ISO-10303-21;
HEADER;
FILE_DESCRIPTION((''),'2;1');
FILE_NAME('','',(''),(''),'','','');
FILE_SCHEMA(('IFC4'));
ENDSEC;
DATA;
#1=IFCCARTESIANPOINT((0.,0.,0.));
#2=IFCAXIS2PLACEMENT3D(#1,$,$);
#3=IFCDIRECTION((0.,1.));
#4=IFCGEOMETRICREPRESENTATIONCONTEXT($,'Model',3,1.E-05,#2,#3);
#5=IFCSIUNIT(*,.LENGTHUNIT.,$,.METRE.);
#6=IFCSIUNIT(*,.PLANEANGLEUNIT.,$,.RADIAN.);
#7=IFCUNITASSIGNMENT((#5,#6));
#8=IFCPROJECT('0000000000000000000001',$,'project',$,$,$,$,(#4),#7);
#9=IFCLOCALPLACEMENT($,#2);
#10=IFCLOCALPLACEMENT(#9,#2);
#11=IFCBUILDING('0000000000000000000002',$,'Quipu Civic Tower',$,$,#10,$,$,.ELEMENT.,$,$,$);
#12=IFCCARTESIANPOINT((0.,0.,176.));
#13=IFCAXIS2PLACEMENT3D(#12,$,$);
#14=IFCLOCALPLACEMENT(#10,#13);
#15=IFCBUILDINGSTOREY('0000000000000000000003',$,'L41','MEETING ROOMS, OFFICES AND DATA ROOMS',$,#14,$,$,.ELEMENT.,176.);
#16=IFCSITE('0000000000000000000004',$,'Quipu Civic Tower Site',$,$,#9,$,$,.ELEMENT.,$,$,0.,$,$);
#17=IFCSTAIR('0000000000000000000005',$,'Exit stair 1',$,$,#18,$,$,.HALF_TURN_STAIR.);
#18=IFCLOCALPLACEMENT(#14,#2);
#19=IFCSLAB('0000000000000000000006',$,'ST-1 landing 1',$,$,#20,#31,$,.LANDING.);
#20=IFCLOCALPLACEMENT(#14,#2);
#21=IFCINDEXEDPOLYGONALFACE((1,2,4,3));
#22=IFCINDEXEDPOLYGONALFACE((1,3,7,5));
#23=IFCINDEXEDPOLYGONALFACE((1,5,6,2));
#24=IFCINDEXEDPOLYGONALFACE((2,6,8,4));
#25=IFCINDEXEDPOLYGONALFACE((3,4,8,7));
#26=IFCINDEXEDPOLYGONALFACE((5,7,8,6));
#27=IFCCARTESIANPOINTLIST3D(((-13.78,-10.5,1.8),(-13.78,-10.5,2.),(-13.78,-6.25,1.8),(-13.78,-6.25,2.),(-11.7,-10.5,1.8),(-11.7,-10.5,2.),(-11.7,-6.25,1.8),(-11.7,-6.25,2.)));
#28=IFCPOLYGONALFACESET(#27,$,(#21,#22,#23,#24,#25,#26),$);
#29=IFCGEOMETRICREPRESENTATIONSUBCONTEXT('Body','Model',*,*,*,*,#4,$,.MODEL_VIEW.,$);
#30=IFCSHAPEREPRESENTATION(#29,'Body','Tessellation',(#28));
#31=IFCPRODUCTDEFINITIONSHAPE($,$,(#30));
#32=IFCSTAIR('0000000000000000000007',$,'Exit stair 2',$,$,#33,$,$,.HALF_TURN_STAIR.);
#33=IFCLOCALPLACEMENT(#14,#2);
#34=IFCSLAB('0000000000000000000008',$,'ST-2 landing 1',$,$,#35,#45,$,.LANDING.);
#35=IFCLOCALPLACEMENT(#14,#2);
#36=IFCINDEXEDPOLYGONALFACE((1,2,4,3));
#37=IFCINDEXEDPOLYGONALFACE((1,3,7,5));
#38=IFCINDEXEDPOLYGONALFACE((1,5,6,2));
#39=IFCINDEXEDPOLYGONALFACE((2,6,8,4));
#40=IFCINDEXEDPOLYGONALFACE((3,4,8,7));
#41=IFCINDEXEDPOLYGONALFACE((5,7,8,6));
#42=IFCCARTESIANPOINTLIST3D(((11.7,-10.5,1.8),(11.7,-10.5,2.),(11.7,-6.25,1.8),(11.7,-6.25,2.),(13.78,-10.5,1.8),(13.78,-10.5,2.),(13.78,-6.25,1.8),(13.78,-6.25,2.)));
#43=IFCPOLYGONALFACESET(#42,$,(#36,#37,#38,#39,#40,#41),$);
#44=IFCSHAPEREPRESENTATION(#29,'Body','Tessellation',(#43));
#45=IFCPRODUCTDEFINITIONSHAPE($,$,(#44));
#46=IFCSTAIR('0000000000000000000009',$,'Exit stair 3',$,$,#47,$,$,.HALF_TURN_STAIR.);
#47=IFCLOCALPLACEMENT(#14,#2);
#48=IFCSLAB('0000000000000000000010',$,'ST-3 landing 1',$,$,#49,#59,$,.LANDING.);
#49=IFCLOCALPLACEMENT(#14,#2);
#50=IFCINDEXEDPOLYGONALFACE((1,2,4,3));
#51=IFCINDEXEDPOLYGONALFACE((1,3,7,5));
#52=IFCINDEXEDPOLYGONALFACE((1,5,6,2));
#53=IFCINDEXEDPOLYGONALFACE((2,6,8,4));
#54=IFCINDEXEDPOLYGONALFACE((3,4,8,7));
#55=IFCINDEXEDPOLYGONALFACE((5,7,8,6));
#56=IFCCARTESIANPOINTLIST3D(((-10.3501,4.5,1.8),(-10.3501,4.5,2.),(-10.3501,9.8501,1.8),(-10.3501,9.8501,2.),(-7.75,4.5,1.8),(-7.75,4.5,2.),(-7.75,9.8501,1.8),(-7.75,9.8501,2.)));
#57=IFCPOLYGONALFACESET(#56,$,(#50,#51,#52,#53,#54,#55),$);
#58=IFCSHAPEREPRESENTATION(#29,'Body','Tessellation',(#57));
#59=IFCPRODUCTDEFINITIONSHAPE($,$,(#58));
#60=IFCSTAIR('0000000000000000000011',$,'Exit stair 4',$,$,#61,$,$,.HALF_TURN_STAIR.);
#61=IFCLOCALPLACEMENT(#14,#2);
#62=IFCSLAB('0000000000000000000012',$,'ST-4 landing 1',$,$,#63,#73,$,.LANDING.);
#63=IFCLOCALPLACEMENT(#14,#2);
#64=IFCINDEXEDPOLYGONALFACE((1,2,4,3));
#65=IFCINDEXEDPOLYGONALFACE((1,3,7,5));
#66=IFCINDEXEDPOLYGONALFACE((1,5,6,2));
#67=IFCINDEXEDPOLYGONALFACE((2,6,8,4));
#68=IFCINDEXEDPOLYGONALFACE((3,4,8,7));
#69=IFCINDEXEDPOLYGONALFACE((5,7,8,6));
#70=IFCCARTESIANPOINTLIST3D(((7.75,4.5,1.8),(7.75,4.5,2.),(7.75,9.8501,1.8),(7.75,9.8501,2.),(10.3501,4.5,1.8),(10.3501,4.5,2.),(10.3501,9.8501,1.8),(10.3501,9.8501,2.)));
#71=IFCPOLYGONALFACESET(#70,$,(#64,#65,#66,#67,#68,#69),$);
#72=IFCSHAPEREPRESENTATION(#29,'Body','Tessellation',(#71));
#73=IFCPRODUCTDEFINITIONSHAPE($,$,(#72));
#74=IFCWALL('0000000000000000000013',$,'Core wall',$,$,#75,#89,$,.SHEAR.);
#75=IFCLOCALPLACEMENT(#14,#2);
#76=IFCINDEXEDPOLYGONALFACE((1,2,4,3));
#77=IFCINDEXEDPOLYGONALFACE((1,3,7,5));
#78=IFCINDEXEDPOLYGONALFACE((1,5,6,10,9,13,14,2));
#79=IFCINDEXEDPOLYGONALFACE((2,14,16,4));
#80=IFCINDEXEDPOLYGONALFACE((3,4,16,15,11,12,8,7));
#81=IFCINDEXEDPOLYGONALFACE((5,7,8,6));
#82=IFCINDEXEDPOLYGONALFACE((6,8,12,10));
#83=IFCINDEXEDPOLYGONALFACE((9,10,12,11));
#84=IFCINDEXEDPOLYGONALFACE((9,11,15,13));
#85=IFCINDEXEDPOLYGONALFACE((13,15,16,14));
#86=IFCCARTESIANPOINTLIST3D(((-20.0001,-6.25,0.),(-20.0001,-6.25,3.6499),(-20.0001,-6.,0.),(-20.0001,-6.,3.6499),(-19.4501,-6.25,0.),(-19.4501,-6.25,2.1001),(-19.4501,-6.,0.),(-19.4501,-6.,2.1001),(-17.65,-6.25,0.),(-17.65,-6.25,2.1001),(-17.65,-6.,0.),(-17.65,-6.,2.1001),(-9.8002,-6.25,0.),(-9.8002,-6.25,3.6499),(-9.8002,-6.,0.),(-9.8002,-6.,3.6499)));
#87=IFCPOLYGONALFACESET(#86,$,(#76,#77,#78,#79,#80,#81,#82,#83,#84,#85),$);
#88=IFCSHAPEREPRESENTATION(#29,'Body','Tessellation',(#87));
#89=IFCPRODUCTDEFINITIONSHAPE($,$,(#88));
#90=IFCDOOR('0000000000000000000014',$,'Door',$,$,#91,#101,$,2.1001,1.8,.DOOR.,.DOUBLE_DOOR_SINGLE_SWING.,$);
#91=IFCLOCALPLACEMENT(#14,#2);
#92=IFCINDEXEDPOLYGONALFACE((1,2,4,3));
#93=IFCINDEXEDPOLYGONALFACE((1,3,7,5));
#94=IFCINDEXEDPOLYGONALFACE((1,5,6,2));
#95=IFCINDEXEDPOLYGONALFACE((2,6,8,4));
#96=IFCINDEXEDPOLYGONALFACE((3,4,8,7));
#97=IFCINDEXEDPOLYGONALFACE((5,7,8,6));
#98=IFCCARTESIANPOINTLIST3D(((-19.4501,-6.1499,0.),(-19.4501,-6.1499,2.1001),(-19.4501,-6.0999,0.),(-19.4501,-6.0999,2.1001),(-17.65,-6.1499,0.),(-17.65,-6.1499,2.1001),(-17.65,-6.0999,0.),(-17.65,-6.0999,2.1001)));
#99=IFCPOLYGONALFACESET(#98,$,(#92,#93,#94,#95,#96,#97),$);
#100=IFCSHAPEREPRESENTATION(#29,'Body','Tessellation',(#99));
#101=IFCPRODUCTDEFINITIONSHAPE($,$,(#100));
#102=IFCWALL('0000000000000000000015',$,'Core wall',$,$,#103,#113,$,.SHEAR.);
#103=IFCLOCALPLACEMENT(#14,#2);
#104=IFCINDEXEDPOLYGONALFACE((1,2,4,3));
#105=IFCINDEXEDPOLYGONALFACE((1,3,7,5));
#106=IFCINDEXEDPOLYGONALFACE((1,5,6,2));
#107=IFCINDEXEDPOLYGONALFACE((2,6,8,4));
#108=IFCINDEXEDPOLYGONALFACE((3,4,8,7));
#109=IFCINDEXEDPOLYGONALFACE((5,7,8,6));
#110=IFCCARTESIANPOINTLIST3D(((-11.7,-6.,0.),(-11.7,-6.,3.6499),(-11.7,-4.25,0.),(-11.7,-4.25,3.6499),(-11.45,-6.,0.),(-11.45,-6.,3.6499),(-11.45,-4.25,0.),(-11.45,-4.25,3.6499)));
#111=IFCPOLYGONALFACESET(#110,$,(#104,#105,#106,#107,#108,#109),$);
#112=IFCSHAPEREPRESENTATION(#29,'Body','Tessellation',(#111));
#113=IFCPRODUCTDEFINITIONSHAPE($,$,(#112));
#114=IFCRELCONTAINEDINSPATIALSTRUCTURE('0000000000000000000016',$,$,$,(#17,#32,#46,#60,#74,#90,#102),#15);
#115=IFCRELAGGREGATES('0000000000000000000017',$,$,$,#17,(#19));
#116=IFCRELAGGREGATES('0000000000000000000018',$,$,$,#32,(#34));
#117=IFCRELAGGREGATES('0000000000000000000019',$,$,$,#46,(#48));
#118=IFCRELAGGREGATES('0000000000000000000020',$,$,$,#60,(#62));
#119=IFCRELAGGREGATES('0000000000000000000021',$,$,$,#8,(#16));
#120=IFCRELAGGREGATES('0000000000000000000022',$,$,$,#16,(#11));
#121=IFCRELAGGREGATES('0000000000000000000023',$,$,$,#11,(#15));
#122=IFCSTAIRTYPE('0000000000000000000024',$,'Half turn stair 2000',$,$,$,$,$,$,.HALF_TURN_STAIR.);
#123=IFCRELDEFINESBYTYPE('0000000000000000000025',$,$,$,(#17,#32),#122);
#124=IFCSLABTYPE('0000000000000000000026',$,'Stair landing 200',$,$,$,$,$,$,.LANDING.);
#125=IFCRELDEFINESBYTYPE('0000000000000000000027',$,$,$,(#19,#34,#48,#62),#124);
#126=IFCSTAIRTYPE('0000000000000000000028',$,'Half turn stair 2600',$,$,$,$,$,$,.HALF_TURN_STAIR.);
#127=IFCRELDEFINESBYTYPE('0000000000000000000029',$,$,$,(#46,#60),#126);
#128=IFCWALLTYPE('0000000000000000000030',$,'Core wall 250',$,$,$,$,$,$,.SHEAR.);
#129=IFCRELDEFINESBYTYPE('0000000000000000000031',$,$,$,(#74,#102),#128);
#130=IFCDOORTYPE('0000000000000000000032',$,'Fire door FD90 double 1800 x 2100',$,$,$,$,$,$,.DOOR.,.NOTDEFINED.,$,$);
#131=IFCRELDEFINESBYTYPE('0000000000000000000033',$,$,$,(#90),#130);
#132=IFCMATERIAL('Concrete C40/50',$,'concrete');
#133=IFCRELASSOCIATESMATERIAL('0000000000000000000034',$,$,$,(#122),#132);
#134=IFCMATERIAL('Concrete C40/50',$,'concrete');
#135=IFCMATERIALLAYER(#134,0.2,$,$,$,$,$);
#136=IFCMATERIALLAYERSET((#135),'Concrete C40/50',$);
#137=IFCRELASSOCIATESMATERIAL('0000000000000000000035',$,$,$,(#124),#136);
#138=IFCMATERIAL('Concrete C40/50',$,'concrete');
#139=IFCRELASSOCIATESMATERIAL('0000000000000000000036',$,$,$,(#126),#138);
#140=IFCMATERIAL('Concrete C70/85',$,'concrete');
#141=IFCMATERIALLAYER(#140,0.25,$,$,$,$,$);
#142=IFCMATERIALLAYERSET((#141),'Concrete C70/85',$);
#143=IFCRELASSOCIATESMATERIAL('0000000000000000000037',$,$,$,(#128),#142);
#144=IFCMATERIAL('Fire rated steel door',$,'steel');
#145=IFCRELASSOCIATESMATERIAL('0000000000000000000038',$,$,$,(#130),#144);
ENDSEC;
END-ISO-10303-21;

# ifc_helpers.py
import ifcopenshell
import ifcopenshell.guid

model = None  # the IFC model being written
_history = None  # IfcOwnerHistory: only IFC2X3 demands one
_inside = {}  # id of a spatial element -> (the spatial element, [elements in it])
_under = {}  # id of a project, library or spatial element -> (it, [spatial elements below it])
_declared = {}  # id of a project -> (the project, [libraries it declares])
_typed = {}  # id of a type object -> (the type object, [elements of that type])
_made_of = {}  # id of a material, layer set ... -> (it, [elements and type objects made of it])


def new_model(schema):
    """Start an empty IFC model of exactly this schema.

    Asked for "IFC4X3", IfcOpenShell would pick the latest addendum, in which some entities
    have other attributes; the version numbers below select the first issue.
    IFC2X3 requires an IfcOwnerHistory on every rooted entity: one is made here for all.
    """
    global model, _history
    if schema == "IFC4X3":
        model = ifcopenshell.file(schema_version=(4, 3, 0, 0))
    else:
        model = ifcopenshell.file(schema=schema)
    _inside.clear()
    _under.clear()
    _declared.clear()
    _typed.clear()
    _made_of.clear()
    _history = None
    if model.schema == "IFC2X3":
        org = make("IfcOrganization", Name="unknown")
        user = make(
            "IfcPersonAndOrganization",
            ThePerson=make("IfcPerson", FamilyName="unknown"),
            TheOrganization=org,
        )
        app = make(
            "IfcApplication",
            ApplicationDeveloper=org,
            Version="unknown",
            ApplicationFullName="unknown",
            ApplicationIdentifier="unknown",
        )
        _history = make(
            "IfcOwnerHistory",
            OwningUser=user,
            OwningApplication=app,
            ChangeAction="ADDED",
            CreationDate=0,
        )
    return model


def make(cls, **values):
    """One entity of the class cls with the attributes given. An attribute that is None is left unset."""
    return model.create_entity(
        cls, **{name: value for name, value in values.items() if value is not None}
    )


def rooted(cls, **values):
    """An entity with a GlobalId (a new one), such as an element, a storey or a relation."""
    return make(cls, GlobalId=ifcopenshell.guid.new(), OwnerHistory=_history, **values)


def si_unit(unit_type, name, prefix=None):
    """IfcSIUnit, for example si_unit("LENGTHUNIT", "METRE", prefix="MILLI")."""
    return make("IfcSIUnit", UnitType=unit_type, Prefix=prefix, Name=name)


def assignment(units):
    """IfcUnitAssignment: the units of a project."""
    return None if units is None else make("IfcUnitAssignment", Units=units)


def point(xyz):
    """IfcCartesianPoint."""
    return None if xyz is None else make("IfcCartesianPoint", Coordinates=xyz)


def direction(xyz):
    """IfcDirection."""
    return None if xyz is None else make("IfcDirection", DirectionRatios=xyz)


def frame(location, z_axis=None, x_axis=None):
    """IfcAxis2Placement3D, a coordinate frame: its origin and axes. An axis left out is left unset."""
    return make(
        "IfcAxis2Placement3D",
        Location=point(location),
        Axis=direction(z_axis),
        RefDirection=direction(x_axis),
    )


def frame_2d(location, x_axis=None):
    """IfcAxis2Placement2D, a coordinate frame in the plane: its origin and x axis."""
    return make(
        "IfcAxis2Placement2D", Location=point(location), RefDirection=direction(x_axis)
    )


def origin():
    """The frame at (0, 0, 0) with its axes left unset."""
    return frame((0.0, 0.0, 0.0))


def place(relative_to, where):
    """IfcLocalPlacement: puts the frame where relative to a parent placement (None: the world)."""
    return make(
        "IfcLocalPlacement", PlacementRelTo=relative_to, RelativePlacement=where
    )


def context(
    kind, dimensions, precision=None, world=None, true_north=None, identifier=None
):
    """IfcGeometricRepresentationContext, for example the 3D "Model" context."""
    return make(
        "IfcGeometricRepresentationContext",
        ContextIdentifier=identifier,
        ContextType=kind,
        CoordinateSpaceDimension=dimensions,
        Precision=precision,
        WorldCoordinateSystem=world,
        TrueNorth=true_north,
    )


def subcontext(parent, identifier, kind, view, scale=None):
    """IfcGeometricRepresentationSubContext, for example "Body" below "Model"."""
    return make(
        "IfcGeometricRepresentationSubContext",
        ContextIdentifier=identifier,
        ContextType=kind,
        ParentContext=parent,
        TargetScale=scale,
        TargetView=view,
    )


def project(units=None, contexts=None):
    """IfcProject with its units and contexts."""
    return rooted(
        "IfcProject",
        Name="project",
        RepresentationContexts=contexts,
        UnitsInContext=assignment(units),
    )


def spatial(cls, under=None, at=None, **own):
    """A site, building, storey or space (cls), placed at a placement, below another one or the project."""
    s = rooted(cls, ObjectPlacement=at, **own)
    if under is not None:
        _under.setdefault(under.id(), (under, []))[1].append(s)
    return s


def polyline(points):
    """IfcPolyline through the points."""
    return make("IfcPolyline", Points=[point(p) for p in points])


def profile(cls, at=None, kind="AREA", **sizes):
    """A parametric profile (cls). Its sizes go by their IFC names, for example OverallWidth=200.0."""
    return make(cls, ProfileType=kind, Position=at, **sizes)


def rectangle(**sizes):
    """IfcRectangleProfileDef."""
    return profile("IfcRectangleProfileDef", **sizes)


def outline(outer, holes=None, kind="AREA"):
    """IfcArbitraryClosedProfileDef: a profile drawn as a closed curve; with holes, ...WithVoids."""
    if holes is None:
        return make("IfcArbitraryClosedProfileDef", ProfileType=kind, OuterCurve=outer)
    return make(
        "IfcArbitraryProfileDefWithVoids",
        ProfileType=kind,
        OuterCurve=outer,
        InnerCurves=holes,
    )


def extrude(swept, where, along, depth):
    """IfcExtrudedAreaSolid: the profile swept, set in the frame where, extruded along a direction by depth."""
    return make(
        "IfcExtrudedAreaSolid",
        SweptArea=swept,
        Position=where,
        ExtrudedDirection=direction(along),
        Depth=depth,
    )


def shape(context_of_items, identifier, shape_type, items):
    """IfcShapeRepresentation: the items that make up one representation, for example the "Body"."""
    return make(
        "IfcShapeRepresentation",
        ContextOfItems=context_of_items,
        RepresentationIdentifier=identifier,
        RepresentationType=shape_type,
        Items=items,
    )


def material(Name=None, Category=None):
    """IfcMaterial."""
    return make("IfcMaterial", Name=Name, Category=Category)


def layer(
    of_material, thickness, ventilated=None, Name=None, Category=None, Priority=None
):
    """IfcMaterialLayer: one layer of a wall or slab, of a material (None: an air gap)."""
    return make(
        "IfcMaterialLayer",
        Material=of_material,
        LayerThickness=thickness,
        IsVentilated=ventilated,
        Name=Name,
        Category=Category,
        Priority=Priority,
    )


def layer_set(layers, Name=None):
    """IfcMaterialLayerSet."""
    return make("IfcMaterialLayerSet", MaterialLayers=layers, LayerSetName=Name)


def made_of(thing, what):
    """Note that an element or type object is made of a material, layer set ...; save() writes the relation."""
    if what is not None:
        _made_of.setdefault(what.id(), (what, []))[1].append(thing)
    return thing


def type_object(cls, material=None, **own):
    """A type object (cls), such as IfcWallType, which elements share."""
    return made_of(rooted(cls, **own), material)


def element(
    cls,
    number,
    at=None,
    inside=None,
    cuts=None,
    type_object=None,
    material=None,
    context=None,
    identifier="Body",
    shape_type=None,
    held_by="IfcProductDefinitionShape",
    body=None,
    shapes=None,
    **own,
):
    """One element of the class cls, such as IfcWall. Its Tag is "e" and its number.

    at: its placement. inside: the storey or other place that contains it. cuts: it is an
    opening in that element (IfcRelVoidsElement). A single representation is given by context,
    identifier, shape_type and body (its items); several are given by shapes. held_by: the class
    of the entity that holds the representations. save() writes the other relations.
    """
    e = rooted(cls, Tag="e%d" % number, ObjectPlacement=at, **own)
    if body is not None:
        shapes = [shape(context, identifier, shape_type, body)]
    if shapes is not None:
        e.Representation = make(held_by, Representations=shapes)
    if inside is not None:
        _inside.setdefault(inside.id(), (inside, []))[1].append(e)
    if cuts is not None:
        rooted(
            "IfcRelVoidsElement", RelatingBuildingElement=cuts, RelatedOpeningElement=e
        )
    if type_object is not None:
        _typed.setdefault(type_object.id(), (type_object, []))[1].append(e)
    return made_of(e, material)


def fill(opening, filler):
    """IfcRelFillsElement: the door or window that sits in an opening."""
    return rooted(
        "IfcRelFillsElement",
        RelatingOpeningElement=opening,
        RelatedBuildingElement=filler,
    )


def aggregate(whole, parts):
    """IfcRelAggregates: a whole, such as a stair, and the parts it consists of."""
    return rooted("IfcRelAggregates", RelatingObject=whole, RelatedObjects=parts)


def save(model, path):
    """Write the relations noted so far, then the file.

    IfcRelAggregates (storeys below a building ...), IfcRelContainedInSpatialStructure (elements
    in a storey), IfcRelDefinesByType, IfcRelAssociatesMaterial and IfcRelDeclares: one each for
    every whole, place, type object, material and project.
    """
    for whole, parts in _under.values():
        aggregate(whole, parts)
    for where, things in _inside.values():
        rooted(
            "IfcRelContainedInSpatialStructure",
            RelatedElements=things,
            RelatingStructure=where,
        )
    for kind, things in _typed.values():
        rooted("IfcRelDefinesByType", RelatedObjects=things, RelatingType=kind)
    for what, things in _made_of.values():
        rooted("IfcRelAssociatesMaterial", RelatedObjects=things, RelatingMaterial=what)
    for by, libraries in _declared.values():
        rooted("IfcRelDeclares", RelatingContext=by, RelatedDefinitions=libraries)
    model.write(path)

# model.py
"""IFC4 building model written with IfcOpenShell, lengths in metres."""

from ifc_helpers import new_model, si_unit, direction, frame, frame_2d, origin, place, context, subcontext, project, spatial, polyline, rectangle, outline, extrude, material, layer, layer_set, type_object, element, fill, aggregate, save


model = new_model("IFC4")

# Units and contexts
model_context = context("Model", 3, precision=1e-05, world=origin(), true_north=direction((0.0, 1.0)))
body_context = subcontext(model_context, "Body", "Model", "MODEL_VIEW")
ifc_project = project(units=[si_unit("LENGTHUNIT", "METRE"), si_unit("PLANEANGLEUNIT", "RADIAN")], contexts=[model_context])

# Site, building, storey
site_placement = place(None, origin())
site = spatial("IfcSite", under=ifc_project, at=site_placement, Name="Quipu Civic Tower Site", CompositionType="ELEMENT", RefElevation=0.0)
building_placement = place(site_placement, origin())
building = spatial("IfcBuilding", under=site, at=building_placement, Name="Quipu Civic Tower", CompositionType="ELEMENT")
storey_placement = place(building_placement, frame((0.0, 0.0, 176.0)))
storey = spatial("IfcBuildingStorey", under=building, at=storey_placement, Name="L41", Description="MEETING ROOMS, OFFICES AND DATA ROOMS", CompositionType="ELEMENT", Elevation=176.0)

# Stairs, slabs
ifc_material_1 = material(Name="Concrete C40/50", Category="concrete")
stair_type_1 = type_object("IfcStairType", Name="Half turn stair 2000", PredefinedType="HALF_TURN_STAIR", material=ifc_material_1)
stair_1_placement = place(storey_placement, origin())
stair_1 = element("IfcStair", 1, at=stair_1_placement, inside=storey, type_object=stair_type_1, Name="Exit stair 1", PredefinedType="HALF_TURN_STAIR")
ifc_material_2 = material(Name="Concrete C40/50", Category="concrete")
ifc_layer_1 = layer(ifc_material_2, 0.2)
ifc_layer_set_1 = layer_set([ifc_layer_1], Name="Concrete C40/50")
slab_type_1 = type_object("IfcSlabType", Name="Stair landing 200", PredefinedType="LANDING", material=ifc_layer_set_1)
slab_1_placement = place(storey_placement, frame((0.0, 0.0, 1.8)))
slab_1 = element("IfcSlab", 2, at=slab_1_placement, type_object=slab_type_1, Name="ST-1 landing 1", PredefinedType="LANDING", context=body_context, shape_type="SweptSolid", body=[
    extrude(outline(polyline([(-13.78, -10.5), (-11.7, -10.5), (-11.7, -6.25), (-13.78, -6.25), (-13.78, -10.5)])), origin(), (0.0, 0.0, 1.0), 0.2),
])
aggregate(stair_1, [slab_1])
stair_2_placement = place(storey_placement, origin())
stair_2 = element("IfcStair", 3, at=stair_2_placement, inside=storey, type_object=stair_type_1, Name="Exit stair 2", PredefinedType="HALF_TURN_STAIR")
slab_2_placement = place(storey_placement, frame((0.0, 0.0, 1.8)))
slab_2 = element("IfcSlab", 4, at=slab_2_placement, type_object=slab_type_1, Name="ST-2 landing 1", PredefinedType="LANDING", context=body_context, shape_type="SweptSolid", body=[
    extrude(outline(polyline([(13.78, -6.25), (11.7, -6.25), (11.7, -10.5), (13.78, -10.5), (13.78, -6.25)])), origin(), (0.0, 0.0, 1.0), 0.2),
])
aggregate(stair_2, [slab_2])
ifc_material_3 = material(Name="Concrete C40/50", Category="concrete")
stair_type_2 = type_object("IfcStairType", Name="Half turn stair 2600", PredefinedType="HALF_TURN_STAIR", material=ifc_material_3)
stair_3_placement = place(storey_placement, origin())
stair_3 = element("IfcStair", 5, at=stair_3_placement, inside=storey, type_object=stair_type_2, Name="Exit stair 3", PredefinedType="HALF_TURN_STAIR")
slab_3_placement = place(storey_placement, frame((0.0, 0.0, 1.8)))
slab_3 = element("IfcSlab", 6, at=slab_3_placement, type_object=slab_type_1, Name="ST-3 landing 1", PredefinedType="LANDING", context=body_context, shape_type="SweptSolid", body=[
    extrude(outline(polyline([(-10.3501, 4.5), (-7.75, 4.5), (-7.75, 9.8501), (-10.3501, 9.8501), (-10.3501, 4.5)])), origin(), (0.0, 0.0, 1.0), 0.2),
])
aggregate(stair_3, [slab_3])
stair_4_placement = place(storey_placement, origin())
stair_4 = element("IfcStair", 7, at=stair_4_placement, inside=storey, type_object=stair_type_2, Name="Exit stair 4", PredefinedType="HALF_TURN_STAIR")
slab_4_placement = place(storey_placement, frame((0.0, 0.0, 1.8)))
slab_4 = element("IfcSlab", 8, at=slab_4_placement, type_object=slab_type_1, Name="ST-4 landing 1", PredefinedType="LANDING", context=body_context, shape_type="SweptSolid", body=[
    extrude(outline(polyline([(10.3501, 9.8501), (7.75, 9.8501), (7.75, 4.5), (10.3501, 4.5), (10.3501, 9.8501)])), origin(), (0.0, 0.0, 1.0), 0.2),
])
aggregate(stair_4, [slab_4])

# Wall, opening, door
ifc_material_4 = material(Name="Concrete C70/85", Category="concrete")
ifc_layer_2 = layer(ifc_material_4, 0.25)
ifc_layer_set_2 = layer_set([ifc_layer_2], Name="Concrete C70/85")
wall_type_1 = type_object("IfcWallType", Name="Core wall 250", PredefinedType="SHEAR", material=ifc_layer_set_2)
wall_1_placement = place(storey_placement, frame((-9.8, -6.125, 0.0), z_axis=(0.0, 0.0, 1.0), x_axis=(-1.0, 0.0, 0.0)))
wall_1 = element("IfcWall", 9, at=wall_1_placement, inside=storey, type_object=wall_type_1, Name="Core wall", PredefinedType="SHEAR", context=body_context, shape_type="SweptSolid", body=[
    extrude(rectangle(XDim=10.2, YDim=0.25, at=frame_2d((5.1001, 0.0))), origin(), (0.0, 0.0, 1.0), 3.6499),
])
opening_1_placement = place(wall_1_placement, frame((7.8501, 0.0, 0.0)))
opening_1 = element("IfcOpeningElement", 10, at=opening_1_placement, cuts=wall_1, PredefinedType="OPENING", context=body_context, shape_type="SweptSolid", body=[
    extrude(rectangle(XDim=1.8, YDim=2.1001, at=frame_2d((0.8999, 1.05))), frame((0.0, 0.135, 0.0), z_axis=(0.0, -1.0, 0.0), x_axis=(1.0, 0.0, 0.0)), (0.0, 0.0, 1.0), 0.27),
])
ifc_material_5 = material(Name="Fire rated steel door", Category="steel")
door_type_1 = type_object("IfcDoorType", Name="Fire door FD90 double 1800 x 2100", OperationType="NOTDEFINED", PredefinedType="DOOR", material=ifc_material_5)
door_1_placement = place(opening_1_placement, origin())
door_1 = element("IfcDoor", 11, at=door_1_placement, inside=storey, type_object=door_type_1, Name="Door", OperationType="DOUBLE_DOOR_SINGLE_SWING", OverallHeight=2.1001, OverallWidth=1.8, PredefinedType="DOOR", context=body_context, shape_type="SweptSolid", body=[
    extrude(rectangle(XDim=1.8, YDim=2.1001, at=frame_2d((0.8999, 1.05))), frame((0.0, 0.0249, 0.0), z_axis=(0.0, -1.0, 0.0), x_axis=(1.0, 0.0, 0.0)), (0.0, 0.0, 1.0), 0.05),
])
fill(opening_1, door_1)

# Wall
wall_2_placement = place(storey_placement, frame((-11.575, -6.0, 0.0), z_axis=(0.0, 0.0, 1.0), x_axis=(0.0, 1.0, 0.0)))
element("IfcWall", 12, at=wall_2_placement, inside=storey, type_object=wall_type_1, Name="Core wall", PredefinedType="SHEAR", context=body_context, shape_type="SweptSolid", body=[
    extrude(rectangle(XDim=1.75, YDim=0.25, at=frame_2d((0.875, 0.0))), origin(), (0.0, 0.0, 1.0), 3.6499),
])

save(model, "model.ifc")
